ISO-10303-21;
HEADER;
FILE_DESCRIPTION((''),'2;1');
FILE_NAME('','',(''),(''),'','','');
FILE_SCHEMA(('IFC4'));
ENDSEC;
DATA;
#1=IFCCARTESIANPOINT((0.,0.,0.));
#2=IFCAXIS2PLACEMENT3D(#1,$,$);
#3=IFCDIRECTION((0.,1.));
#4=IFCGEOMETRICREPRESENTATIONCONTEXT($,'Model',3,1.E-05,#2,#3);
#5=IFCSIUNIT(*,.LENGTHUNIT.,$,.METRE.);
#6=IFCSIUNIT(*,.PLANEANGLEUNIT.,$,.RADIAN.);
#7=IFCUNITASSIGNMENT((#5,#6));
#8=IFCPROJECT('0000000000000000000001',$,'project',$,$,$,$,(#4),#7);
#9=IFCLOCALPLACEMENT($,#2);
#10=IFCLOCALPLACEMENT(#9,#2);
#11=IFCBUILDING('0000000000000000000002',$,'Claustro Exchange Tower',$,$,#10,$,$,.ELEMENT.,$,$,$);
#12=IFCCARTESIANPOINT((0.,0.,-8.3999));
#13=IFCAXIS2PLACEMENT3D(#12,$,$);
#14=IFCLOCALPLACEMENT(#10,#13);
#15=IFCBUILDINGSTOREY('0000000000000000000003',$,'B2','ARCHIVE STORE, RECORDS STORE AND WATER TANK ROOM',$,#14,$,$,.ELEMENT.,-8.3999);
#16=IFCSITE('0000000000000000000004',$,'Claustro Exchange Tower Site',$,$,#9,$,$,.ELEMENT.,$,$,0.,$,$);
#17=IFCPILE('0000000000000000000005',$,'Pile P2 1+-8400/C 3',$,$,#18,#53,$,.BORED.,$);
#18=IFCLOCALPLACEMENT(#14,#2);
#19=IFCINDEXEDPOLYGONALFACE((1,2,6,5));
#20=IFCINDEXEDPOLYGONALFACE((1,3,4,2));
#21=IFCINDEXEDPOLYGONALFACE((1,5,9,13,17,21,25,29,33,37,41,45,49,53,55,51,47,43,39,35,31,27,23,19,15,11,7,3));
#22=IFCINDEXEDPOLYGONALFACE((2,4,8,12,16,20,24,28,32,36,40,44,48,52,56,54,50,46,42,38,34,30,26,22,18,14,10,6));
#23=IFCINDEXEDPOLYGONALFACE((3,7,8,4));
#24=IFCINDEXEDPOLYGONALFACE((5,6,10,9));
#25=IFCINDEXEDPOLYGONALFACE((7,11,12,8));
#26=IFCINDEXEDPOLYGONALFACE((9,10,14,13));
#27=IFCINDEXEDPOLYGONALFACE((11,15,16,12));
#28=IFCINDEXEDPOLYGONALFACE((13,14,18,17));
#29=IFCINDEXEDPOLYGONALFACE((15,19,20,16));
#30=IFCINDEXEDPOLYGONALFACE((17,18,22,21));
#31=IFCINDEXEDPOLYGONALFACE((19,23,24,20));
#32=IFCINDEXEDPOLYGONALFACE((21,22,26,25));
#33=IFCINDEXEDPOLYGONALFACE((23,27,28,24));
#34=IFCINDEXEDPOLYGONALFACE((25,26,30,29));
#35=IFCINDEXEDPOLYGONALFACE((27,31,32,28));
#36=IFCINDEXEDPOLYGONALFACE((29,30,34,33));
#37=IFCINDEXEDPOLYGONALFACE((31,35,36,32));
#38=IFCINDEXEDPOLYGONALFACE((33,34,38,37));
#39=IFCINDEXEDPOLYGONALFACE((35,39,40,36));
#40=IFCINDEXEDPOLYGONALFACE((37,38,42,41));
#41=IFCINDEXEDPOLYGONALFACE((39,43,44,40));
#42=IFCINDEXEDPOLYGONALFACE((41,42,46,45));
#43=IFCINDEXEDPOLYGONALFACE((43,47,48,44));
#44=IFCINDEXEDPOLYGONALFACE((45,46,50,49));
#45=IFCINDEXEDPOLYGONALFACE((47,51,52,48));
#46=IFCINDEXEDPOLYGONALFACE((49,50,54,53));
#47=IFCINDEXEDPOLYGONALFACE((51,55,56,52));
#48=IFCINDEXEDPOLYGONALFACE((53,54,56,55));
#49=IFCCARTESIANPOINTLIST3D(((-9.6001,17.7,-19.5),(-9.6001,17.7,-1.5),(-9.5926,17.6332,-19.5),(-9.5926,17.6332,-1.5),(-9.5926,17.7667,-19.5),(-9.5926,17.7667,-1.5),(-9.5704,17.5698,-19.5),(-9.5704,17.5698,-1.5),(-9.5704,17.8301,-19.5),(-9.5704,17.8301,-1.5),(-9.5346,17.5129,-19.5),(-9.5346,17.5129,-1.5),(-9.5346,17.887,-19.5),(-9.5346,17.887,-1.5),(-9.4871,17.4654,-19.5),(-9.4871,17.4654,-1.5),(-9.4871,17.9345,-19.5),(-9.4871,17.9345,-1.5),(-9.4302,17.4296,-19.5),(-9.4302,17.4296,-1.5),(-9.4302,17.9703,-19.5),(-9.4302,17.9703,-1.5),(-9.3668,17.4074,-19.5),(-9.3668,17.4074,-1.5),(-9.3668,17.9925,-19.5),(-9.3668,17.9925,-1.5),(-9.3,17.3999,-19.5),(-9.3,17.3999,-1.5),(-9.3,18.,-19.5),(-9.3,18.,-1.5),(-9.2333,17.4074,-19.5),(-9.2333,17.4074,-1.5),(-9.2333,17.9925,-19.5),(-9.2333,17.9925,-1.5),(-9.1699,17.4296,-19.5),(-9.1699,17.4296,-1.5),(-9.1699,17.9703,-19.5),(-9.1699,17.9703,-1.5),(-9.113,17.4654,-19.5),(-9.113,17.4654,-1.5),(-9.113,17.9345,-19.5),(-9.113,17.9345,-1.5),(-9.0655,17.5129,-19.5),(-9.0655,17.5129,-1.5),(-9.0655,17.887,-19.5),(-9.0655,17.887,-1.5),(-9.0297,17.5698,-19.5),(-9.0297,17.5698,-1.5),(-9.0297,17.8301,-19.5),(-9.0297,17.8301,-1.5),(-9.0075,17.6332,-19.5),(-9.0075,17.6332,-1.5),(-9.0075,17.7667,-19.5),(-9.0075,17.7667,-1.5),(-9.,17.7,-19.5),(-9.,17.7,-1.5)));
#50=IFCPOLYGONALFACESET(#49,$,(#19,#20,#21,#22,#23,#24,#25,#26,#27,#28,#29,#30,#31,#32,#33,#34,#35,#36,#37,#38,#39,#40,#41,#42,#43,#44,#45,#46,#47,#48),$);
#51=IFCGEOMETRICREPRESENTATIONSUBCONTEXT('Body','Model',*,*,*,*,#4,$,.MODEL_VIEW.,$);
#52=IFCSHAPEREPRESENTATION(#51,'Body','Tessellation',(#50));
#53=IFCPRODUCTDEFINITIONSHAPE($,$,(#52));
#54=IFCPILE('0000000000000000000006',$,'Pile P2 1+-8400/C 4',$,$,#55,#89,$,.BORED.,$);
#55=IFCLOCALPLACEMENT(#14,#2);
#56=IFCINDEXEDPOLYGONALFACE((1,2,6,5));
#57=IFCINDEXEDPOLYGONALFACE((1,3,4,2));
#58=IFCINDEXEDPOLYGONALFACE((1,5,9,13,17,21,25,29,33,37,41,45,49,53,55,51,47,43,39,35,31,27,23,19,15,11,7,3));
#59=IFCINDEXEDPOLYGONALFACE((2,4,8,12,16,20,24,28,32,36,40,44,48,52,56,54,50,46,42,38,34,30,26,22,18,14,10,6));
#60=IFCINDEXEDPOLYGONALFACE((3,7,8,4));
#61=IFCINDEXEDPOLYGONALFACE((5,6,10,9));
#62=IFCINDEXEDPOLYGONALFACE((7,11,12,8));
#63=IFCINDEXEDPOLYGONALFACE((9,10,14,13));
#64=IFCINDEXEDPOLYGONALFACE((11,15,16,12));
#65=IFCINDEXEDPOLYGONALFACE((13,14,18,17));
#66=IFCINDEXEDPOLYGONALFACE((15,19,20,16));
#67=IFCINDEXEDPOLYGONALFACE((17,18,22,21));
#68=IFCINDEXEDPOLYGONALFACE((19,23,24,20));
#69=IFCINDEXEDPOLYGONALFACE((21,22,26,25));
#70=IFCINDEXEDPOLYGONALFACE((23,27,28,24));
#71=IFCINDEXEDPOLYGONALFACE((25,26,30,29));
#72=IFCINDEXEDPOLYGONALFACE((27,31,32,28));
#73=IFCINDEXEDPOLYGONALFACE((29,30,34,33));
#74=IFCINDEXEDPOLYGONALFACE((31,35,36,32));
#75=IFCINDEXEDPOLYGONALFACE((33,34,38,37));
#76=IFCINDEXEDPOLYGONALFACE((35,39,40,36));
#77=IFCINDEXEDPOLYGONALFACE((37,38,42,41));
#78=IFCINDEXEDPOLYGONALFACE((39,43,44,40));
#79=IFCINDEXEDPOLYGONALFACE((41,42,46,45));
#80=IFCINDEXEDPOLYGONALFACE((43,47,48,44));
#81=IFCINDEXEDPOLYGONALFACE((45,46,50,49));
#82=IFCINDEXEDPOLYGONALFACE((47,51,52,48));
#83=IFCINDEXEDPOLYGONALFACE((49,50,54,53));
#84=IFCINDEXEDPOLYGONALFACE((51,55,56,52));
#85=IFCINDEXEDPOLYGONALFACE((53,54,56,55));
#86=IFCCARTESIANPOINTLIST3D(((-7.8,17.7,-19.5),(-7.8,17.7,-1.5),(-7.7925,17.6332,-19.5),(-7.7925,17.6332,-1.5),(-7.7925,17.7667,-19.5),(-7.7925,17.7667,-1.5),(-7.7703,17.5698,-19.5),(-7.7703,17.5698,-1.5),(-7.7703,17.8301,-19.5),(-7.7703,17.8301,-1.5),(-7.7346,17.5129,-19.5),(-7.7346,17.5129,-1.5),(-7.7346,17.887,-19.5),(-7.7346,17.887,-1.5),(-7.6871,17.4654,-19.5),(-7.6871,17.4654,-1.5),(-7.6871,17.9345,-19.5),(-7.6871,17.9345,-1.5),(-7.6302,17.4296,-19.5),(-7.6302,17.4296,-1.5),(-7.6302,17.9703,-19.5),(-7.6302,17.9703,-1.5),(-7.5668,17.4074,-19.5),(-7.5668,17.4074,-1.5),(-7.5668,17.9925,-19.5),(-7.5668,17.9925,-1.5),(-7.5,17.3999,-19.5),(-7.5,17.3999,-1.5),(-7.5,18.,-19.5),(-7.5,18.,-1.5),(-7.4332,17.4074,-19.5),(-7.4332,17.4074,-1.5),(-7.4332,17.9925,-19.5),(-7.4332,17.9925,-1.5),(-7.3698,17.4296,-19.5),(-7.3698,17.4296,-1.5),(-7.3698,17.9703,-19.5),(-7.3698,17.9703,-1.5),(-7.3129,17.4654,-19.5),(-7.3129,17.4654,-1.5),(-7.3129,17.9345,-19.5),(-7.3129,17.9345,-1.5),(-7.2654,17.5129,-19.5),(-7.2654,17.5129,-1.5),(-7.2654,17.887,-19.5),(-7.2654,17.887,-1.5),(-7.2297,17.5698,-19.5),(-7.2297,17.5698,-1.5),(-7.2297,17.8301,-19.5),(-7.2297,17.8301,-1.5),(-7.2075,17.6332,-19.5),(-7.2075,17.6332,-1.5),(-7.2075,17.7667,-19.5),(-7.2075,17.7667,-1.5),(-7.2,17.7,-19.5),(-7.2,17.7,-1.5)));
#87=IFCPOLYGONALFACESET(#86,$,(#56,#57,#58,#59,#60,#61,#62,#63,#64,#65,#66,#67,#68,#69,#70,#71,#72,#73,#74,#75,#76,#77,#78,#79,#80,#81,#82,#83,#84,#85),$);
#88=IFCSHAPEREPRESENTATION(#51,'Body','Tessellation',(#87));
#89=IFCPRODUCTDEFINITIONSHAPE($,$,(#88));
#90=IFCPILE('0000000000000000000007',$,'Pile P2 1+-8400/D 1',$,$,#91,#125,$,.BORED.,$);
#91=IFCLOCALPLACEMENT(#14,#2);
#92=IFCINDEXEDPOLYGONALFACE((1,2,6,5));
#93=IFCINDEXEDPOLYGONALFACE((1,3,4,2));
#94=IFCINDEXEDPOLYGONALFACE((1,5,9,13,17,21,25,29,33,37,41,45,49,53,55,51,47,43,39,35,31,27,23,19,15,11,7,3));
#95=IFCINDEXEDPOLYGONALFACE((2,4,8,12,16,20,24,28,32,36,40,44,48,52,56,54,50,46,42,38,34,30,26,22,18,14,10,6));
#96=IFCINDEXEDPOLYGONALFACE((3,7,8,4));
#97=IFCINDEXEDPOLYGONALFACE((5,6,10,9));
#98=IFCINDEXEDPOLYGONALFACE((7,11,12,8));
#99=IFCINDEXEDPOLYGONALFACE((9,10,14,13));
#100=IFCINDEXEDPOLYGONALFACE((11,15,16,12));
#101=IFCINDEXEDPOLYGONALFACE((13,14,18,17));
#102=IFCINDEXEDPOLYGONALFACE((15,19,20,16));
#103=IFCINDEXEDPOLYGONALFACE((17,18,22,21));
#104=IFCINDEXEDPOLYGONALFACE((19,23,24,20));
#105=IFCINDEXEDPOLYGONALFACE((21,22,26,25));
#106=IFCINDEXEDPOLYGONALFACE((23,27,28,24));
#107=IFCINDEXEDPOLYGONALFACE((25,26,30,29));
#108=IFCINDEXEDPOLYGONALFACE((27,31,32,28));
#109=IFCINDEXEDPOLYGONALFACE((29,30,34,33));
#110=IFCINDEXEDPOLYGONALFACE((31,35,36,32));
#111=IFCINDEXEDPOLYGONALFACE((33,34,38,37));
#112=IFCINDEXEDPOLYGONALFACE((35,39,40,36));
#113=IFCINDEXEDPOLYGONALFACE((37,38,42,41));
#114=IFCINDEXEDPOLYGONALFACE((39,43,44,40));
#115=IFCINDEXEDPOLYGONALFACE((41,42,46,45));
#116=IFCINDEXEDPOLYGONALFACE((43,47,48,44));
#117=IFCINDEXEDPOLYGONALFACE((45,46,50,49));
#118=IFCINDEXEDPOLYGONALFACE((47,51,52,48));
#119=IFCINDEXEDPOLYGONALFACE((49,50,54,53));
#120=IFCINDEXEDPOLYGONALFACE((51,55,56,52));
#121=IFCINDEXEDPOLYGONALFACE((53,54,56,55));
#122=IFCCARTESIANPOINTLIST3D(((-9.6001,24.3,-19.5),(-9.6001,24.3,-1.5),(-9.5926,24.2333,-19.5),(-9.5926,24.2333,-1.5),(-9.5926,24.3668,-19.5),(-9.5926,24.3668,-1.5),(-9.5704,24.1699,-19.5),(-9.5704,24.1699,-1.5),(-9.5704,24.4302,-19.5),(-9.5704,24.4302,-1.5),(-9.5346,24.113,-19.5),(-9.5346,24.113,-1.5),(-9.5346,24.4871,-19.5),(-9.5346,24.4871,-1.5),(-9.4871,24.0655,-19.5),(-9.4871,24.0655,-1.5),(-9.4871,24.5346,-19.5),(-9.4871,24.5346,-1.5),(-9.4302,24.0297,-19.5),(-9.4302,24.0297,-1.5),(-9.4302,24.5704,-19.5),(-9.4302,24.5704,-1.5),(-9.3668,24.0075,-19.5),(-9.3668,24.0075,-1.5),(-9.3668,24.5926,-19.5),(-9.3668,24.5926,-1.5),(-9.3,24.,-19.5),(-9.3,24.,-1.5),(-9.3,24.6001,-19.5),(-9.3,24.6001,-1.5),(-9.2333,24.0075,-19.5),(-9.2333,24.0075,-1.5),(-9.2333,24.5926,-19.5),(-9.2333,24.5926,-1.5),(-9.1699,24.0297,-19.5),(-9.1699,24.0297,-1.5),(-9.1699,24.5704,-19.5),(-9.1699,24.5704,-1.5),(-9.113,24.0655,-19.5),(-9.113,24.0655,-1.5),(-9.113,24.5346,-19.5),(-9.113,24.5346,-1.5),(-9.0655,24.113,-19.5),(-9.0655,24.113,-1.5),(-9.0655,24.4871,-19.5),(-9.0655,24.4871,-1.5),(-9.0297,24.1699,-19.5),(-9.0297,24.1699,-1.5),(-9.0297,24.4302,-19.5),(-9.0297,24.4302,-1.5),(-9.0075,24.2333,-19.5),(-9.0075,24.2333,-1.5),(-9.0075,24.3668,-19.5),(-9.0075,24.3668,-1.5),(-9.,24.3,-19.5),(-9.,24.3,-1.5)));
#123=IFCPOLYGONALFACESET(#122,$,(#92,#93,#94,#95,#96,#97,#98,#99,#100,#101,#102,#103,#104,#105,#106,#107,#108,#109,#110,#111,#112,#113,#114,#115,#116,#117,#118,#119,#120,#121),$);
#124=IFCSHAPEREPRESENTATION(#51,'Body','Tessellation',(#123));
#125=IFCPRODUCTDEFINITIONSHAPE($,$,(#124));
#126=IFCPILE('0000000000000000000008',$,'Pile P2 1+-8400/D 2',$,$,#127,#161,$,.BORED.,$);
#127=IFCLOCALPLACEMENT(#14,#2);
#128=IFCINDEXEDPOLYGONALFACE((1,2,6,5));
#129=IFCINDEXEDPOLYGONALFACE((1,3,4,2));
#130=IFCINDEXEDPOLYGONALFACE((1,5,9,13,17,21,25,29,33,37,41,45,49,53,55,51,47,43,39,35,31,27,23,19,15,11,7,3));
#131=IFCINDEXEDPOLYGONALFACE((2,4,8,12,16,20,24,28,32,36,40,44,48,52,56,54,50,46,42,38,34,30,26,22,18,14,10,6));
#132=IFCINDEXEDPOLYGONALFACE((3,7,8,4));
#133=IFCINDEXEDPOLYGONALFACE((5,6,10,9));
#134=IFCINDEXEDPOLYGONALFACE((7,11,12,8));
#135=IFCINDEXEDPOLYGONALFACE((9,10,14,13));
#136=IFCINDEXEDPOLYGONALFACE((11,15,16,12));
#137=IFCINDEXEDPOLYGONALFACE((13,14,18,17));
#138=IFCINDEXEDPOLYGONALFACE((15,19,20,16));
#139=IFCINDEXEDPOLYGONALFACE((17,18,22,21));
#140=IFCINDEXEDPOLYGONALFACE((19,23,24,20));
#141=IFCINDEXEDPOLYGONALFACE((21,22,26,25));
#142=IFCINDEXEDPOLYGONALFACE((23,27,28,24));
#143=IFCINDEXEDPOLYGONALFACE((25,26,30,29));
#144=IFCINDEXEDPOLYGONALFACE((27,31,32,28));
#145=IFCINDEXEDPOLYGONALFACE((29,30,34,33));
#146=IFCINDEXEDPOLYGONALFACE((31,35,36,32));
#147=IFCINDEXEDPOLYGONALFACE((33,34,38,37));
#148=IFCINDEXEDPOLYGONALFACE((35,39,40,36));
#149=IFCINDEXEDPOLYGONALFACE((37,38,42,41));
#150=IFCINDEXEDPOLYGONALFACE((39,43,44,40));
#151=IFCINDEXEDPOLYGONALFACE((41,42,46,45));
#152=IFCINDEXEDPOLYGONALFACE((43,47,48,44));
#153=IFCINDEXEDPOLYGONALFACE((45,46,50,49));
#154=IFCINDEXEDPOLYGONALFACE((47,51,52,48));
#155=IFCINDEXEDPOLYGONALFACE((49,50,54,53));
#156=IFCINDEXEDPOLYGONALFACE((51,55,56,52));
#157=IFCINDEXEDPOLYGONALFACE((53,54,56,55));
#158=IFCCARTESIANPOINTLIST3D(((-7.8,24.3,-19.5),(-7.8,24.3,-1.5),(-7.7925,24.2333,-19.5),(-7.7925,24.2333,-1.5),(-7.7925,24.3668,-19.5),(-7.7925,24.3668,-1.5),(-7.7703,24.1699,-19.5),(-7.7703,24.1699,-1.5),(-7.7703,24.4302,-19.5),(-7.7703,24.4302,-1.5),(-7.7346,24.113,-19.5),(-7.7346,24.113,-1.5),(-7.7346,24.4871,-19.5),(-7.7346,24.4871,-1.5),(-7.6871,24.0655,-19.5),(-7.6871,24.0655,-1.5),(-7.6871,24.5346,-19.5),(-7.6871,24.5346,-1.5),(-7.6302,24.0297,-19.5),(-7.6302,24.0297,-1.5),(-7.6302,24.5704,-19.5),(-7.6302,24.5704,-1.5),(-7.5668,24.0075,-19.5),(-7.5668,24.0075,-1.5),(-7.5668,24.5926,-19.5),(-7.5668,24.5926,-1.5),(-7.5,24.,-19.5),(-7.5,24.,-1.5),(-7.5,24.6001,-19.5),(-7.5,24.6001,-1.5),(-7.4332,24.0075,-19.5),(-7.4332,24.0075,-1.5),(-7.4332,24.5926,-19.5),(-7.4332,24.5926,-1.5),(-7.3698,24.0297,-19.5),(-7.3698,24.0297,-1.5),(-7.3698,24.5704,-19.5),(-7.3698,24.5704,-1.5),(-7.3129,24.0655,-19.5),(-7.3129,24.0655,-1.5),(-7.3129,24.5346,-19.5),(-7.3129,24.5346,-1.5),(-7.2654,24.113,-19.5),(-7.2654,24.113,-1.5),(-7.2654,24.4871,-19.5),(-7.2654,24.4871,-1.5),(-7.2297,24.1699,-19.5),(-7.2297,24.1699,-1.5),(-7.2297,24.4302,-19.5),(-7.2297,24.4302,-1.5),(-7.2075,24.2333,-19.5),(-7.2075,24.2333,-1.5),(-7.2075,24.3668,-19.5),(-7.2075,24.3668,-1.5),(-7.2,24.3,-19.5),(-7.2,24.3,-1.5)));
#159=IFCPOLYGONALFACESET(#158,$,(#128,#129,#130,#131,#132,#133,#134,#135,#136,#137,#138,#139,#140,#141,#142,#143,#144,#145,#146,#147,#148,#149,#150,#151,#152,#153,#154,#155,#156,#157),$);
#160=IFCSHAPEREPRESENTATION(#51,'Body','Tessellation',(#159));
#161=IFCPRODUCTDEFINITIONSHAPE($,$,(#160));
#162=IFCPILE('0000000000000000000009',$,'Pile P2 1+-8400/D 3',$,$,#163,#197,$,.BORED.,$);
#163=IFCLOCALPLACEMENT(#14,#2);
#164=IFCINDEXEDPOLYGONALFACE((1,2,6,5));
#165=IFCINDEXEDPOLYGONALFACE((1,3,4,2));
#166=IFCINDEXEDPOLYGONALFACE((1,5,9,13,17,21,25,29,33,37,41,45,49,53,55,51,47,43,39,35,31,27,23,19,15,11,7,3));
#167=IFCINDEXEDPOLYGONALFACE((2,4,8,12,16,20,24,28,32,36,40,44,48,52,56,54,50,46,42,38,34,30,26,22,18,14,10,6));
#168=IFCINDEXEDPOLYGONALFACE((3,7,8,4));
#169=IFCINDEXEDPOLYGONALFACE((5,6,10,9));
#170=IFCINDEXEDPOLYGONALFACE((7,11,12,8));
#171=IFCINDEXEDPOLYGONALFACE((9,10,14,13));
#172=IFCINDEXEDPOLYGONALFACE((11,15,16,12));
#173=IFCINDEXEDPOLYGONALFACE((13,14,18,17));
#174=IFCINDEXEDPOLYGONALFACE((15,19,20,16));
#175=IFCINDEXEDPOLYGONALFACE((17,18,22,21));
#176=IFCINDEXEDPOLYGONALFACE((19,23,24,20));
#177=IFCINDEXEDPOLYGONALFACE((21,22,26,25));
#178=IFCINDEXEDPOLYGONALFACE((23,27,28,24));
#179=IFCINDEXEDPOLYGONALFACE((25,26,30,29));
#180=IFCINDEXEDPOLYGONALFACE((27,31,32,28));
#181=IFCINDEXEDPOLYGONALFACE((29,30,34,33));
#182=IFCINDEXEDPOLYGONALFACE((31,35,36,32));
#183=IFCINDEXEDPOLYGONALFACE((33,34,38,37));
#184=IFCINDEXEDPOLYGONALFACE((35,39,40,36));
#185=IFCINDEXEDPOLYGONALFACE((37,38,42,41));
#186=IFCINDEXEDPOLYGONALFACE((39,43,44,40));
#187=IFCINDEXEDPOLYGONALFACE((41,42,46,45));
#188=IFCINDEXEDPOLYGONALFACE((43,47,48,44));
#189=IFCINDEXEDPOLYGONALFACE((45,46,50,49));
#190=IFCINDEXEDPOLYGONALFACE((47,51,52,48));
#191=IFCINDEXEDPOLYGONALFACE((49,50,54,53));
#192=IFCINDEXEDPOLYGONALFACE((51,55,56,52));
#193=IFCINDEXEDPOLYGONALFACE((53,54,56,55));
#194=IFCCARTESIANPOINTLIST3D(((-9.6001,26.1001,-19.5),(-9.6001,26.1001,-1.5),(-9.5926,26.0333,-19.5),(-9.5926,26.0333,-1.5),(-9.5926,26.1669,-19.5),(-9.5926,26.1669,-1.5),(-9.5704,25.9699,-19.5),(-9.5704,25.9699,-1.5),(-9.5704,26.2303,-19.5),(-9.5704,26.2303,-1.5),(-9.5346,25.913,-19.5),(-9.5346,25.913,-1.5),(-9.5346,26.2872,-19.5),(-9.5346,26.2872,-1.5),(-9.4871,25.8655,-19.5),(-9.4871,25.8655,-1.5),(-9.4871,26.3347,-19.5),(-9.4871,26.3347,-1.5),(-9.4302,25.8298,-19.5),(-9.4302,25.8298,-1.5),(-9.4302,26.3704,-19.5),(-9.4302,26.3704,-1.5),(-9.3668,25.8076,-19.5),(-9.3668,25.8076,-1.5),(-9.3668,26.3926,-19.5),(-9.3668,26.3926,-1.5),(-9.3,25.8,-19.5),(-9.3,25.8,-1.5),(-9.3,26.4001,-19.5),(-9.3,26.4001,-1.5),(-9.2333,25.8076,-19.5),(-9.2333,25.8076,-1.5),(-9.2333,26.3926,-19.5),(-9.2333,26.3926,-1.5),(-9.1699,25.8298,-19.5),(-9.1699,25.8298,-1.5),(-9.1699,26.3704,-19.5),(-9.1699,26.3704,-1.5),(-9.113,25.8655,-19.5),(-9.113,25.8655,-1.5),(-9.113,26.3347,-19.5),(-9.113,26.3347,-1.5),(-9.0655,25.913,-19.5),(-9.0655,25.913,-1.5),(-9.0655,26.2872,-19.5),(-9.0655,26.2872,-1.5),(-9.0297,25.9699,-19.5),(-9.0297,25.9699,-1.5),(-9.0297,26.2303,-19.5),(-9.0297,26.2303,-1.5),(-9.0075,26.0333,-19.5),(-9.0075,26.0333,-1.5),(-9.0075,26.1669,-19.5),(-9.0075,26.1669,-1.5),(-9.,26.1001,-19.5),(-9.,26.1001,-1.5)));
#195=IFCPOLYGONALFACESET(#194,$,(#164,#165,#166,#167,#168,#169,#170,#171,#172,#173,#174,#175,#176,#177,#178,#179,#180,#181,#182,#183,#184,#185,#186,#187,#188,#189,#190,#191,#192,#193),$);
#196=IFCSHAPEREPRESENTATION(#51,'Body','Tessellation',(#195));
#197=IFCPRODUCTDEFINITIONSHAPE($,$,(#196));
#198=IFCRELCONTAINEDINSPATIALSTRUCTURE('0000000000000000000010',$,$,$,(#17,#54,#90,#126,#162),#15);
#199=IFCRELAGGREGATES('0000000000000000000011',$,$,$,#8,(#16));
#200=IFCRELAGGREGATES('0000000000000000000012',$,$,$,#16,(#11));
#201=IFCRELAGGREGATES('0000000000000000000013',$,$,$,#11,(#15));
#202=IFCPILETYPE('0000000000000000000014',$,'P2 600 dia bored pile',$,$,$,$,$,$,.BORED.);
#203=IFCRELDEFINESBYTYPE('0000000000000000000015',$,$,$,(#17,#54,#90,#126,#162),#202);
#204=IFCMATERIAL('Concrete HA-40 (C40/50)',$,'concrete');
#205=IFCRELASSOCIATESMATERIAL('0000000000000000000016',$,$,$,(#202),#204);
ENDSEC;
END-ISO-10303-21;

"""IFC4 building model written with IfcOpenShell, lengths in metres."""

from ifc_helpers import new_model, si_unit, direction, frame, origin, origin_2d, place, context, subcontext, project, spatial, circle, extrude, material, type_object, element, save


model = new_model("IFC4")

# Units and contexts
model_context = context("Model", 3, precision=1e-05, world=origin(), true_north=direction((0.0, 1.0)))
body_context = subcontext(model_context, "Body", "Model", "MODEL_VIEW")
ifc_project = project(units=[si_unit("LENGTHUNIT", "METRE"), si_unit("PLANEANGLEUNIT", "RADIAN")], contexts=[model_context])

# Site, building, storey
site_placement = place(None, origin())
site = spatial("IfcSite", under=ifc_project, at=site_placement, Name="Claustro Exchange Tower Site", CompositionType="ELEMENT", RefElevation=0.0)
building_placement = place(site_placement, origin())
building = spatial("IfcBuilding", under=site, at=building_placement, Name="Claustro Exchange Tower", CompositionType="ELEMENT")
storey_placement = place(building_placement, frame((0.0, 0.0, -8.3999)))
storey = spatial("IfcBuildingStorey", under=building, at=storey_placement, Name="B2", Description="ARCHIVE STORE, RECORDS STORE AND WATER TANK ROOM", CompositionType="ELEMENT", Elevation=-8.3999)

# Piles
ifc_material_1 = material(Name="Concrete HA-40 (C40/50)", Category="concrete")
pile_type_1 = type_object("IfcPileType", Name="P2 600 dia bored pile", PredefinedType="BORED", material=ifc_material_1)
for number, where, z_axis, x_axis, name in (
    (1, (-9.3, 17.7, -1.5), (0.0, 0.0, -1.0), (1.0, 0.0, 0.0), "Pile P2 1+-8400/C 3"),
    (2, (-7.5, 17.7, -1.5), (0.0, 0.0, -1.0), (1.0, 0.0, 0.0), "Pile P2 1+-8400/C 4"),
    (3, (-9.3, 24.3, -1.5), (0.0, 0.0, -1.0), (1.0, 0.0, 0.0), "Pile P2 1+-8400/D 1"),
    (4, (-7.5, 24.3, -1.5), (0.0, 0.0, -1.0), (1.0, 0.0, 0.0), "Pile P2 1+-8400/D 2"),
    (5, (-9.3, 26.1001, -1.5), (0.0, 0.0, -1.0), (1.0, 0.0, 0.0), "Pile P2 1+-8400/D 3"),
):
    element("IfcPile", number, at=place(storey_placement, frame(where, z_axis=z_axis, x_axis=x_axis)), inside=storey, type_object=pile_type_1, Name=name, PredefinedType="BORED", context=body_context, shape_type="SweptSolid", body=[
        extrude(circle(Radius=0.3, at=origin_2d()), origin(), (0.0, 0.0, 1.0), 18.0),
    ])

save(model, "model.ifc")
